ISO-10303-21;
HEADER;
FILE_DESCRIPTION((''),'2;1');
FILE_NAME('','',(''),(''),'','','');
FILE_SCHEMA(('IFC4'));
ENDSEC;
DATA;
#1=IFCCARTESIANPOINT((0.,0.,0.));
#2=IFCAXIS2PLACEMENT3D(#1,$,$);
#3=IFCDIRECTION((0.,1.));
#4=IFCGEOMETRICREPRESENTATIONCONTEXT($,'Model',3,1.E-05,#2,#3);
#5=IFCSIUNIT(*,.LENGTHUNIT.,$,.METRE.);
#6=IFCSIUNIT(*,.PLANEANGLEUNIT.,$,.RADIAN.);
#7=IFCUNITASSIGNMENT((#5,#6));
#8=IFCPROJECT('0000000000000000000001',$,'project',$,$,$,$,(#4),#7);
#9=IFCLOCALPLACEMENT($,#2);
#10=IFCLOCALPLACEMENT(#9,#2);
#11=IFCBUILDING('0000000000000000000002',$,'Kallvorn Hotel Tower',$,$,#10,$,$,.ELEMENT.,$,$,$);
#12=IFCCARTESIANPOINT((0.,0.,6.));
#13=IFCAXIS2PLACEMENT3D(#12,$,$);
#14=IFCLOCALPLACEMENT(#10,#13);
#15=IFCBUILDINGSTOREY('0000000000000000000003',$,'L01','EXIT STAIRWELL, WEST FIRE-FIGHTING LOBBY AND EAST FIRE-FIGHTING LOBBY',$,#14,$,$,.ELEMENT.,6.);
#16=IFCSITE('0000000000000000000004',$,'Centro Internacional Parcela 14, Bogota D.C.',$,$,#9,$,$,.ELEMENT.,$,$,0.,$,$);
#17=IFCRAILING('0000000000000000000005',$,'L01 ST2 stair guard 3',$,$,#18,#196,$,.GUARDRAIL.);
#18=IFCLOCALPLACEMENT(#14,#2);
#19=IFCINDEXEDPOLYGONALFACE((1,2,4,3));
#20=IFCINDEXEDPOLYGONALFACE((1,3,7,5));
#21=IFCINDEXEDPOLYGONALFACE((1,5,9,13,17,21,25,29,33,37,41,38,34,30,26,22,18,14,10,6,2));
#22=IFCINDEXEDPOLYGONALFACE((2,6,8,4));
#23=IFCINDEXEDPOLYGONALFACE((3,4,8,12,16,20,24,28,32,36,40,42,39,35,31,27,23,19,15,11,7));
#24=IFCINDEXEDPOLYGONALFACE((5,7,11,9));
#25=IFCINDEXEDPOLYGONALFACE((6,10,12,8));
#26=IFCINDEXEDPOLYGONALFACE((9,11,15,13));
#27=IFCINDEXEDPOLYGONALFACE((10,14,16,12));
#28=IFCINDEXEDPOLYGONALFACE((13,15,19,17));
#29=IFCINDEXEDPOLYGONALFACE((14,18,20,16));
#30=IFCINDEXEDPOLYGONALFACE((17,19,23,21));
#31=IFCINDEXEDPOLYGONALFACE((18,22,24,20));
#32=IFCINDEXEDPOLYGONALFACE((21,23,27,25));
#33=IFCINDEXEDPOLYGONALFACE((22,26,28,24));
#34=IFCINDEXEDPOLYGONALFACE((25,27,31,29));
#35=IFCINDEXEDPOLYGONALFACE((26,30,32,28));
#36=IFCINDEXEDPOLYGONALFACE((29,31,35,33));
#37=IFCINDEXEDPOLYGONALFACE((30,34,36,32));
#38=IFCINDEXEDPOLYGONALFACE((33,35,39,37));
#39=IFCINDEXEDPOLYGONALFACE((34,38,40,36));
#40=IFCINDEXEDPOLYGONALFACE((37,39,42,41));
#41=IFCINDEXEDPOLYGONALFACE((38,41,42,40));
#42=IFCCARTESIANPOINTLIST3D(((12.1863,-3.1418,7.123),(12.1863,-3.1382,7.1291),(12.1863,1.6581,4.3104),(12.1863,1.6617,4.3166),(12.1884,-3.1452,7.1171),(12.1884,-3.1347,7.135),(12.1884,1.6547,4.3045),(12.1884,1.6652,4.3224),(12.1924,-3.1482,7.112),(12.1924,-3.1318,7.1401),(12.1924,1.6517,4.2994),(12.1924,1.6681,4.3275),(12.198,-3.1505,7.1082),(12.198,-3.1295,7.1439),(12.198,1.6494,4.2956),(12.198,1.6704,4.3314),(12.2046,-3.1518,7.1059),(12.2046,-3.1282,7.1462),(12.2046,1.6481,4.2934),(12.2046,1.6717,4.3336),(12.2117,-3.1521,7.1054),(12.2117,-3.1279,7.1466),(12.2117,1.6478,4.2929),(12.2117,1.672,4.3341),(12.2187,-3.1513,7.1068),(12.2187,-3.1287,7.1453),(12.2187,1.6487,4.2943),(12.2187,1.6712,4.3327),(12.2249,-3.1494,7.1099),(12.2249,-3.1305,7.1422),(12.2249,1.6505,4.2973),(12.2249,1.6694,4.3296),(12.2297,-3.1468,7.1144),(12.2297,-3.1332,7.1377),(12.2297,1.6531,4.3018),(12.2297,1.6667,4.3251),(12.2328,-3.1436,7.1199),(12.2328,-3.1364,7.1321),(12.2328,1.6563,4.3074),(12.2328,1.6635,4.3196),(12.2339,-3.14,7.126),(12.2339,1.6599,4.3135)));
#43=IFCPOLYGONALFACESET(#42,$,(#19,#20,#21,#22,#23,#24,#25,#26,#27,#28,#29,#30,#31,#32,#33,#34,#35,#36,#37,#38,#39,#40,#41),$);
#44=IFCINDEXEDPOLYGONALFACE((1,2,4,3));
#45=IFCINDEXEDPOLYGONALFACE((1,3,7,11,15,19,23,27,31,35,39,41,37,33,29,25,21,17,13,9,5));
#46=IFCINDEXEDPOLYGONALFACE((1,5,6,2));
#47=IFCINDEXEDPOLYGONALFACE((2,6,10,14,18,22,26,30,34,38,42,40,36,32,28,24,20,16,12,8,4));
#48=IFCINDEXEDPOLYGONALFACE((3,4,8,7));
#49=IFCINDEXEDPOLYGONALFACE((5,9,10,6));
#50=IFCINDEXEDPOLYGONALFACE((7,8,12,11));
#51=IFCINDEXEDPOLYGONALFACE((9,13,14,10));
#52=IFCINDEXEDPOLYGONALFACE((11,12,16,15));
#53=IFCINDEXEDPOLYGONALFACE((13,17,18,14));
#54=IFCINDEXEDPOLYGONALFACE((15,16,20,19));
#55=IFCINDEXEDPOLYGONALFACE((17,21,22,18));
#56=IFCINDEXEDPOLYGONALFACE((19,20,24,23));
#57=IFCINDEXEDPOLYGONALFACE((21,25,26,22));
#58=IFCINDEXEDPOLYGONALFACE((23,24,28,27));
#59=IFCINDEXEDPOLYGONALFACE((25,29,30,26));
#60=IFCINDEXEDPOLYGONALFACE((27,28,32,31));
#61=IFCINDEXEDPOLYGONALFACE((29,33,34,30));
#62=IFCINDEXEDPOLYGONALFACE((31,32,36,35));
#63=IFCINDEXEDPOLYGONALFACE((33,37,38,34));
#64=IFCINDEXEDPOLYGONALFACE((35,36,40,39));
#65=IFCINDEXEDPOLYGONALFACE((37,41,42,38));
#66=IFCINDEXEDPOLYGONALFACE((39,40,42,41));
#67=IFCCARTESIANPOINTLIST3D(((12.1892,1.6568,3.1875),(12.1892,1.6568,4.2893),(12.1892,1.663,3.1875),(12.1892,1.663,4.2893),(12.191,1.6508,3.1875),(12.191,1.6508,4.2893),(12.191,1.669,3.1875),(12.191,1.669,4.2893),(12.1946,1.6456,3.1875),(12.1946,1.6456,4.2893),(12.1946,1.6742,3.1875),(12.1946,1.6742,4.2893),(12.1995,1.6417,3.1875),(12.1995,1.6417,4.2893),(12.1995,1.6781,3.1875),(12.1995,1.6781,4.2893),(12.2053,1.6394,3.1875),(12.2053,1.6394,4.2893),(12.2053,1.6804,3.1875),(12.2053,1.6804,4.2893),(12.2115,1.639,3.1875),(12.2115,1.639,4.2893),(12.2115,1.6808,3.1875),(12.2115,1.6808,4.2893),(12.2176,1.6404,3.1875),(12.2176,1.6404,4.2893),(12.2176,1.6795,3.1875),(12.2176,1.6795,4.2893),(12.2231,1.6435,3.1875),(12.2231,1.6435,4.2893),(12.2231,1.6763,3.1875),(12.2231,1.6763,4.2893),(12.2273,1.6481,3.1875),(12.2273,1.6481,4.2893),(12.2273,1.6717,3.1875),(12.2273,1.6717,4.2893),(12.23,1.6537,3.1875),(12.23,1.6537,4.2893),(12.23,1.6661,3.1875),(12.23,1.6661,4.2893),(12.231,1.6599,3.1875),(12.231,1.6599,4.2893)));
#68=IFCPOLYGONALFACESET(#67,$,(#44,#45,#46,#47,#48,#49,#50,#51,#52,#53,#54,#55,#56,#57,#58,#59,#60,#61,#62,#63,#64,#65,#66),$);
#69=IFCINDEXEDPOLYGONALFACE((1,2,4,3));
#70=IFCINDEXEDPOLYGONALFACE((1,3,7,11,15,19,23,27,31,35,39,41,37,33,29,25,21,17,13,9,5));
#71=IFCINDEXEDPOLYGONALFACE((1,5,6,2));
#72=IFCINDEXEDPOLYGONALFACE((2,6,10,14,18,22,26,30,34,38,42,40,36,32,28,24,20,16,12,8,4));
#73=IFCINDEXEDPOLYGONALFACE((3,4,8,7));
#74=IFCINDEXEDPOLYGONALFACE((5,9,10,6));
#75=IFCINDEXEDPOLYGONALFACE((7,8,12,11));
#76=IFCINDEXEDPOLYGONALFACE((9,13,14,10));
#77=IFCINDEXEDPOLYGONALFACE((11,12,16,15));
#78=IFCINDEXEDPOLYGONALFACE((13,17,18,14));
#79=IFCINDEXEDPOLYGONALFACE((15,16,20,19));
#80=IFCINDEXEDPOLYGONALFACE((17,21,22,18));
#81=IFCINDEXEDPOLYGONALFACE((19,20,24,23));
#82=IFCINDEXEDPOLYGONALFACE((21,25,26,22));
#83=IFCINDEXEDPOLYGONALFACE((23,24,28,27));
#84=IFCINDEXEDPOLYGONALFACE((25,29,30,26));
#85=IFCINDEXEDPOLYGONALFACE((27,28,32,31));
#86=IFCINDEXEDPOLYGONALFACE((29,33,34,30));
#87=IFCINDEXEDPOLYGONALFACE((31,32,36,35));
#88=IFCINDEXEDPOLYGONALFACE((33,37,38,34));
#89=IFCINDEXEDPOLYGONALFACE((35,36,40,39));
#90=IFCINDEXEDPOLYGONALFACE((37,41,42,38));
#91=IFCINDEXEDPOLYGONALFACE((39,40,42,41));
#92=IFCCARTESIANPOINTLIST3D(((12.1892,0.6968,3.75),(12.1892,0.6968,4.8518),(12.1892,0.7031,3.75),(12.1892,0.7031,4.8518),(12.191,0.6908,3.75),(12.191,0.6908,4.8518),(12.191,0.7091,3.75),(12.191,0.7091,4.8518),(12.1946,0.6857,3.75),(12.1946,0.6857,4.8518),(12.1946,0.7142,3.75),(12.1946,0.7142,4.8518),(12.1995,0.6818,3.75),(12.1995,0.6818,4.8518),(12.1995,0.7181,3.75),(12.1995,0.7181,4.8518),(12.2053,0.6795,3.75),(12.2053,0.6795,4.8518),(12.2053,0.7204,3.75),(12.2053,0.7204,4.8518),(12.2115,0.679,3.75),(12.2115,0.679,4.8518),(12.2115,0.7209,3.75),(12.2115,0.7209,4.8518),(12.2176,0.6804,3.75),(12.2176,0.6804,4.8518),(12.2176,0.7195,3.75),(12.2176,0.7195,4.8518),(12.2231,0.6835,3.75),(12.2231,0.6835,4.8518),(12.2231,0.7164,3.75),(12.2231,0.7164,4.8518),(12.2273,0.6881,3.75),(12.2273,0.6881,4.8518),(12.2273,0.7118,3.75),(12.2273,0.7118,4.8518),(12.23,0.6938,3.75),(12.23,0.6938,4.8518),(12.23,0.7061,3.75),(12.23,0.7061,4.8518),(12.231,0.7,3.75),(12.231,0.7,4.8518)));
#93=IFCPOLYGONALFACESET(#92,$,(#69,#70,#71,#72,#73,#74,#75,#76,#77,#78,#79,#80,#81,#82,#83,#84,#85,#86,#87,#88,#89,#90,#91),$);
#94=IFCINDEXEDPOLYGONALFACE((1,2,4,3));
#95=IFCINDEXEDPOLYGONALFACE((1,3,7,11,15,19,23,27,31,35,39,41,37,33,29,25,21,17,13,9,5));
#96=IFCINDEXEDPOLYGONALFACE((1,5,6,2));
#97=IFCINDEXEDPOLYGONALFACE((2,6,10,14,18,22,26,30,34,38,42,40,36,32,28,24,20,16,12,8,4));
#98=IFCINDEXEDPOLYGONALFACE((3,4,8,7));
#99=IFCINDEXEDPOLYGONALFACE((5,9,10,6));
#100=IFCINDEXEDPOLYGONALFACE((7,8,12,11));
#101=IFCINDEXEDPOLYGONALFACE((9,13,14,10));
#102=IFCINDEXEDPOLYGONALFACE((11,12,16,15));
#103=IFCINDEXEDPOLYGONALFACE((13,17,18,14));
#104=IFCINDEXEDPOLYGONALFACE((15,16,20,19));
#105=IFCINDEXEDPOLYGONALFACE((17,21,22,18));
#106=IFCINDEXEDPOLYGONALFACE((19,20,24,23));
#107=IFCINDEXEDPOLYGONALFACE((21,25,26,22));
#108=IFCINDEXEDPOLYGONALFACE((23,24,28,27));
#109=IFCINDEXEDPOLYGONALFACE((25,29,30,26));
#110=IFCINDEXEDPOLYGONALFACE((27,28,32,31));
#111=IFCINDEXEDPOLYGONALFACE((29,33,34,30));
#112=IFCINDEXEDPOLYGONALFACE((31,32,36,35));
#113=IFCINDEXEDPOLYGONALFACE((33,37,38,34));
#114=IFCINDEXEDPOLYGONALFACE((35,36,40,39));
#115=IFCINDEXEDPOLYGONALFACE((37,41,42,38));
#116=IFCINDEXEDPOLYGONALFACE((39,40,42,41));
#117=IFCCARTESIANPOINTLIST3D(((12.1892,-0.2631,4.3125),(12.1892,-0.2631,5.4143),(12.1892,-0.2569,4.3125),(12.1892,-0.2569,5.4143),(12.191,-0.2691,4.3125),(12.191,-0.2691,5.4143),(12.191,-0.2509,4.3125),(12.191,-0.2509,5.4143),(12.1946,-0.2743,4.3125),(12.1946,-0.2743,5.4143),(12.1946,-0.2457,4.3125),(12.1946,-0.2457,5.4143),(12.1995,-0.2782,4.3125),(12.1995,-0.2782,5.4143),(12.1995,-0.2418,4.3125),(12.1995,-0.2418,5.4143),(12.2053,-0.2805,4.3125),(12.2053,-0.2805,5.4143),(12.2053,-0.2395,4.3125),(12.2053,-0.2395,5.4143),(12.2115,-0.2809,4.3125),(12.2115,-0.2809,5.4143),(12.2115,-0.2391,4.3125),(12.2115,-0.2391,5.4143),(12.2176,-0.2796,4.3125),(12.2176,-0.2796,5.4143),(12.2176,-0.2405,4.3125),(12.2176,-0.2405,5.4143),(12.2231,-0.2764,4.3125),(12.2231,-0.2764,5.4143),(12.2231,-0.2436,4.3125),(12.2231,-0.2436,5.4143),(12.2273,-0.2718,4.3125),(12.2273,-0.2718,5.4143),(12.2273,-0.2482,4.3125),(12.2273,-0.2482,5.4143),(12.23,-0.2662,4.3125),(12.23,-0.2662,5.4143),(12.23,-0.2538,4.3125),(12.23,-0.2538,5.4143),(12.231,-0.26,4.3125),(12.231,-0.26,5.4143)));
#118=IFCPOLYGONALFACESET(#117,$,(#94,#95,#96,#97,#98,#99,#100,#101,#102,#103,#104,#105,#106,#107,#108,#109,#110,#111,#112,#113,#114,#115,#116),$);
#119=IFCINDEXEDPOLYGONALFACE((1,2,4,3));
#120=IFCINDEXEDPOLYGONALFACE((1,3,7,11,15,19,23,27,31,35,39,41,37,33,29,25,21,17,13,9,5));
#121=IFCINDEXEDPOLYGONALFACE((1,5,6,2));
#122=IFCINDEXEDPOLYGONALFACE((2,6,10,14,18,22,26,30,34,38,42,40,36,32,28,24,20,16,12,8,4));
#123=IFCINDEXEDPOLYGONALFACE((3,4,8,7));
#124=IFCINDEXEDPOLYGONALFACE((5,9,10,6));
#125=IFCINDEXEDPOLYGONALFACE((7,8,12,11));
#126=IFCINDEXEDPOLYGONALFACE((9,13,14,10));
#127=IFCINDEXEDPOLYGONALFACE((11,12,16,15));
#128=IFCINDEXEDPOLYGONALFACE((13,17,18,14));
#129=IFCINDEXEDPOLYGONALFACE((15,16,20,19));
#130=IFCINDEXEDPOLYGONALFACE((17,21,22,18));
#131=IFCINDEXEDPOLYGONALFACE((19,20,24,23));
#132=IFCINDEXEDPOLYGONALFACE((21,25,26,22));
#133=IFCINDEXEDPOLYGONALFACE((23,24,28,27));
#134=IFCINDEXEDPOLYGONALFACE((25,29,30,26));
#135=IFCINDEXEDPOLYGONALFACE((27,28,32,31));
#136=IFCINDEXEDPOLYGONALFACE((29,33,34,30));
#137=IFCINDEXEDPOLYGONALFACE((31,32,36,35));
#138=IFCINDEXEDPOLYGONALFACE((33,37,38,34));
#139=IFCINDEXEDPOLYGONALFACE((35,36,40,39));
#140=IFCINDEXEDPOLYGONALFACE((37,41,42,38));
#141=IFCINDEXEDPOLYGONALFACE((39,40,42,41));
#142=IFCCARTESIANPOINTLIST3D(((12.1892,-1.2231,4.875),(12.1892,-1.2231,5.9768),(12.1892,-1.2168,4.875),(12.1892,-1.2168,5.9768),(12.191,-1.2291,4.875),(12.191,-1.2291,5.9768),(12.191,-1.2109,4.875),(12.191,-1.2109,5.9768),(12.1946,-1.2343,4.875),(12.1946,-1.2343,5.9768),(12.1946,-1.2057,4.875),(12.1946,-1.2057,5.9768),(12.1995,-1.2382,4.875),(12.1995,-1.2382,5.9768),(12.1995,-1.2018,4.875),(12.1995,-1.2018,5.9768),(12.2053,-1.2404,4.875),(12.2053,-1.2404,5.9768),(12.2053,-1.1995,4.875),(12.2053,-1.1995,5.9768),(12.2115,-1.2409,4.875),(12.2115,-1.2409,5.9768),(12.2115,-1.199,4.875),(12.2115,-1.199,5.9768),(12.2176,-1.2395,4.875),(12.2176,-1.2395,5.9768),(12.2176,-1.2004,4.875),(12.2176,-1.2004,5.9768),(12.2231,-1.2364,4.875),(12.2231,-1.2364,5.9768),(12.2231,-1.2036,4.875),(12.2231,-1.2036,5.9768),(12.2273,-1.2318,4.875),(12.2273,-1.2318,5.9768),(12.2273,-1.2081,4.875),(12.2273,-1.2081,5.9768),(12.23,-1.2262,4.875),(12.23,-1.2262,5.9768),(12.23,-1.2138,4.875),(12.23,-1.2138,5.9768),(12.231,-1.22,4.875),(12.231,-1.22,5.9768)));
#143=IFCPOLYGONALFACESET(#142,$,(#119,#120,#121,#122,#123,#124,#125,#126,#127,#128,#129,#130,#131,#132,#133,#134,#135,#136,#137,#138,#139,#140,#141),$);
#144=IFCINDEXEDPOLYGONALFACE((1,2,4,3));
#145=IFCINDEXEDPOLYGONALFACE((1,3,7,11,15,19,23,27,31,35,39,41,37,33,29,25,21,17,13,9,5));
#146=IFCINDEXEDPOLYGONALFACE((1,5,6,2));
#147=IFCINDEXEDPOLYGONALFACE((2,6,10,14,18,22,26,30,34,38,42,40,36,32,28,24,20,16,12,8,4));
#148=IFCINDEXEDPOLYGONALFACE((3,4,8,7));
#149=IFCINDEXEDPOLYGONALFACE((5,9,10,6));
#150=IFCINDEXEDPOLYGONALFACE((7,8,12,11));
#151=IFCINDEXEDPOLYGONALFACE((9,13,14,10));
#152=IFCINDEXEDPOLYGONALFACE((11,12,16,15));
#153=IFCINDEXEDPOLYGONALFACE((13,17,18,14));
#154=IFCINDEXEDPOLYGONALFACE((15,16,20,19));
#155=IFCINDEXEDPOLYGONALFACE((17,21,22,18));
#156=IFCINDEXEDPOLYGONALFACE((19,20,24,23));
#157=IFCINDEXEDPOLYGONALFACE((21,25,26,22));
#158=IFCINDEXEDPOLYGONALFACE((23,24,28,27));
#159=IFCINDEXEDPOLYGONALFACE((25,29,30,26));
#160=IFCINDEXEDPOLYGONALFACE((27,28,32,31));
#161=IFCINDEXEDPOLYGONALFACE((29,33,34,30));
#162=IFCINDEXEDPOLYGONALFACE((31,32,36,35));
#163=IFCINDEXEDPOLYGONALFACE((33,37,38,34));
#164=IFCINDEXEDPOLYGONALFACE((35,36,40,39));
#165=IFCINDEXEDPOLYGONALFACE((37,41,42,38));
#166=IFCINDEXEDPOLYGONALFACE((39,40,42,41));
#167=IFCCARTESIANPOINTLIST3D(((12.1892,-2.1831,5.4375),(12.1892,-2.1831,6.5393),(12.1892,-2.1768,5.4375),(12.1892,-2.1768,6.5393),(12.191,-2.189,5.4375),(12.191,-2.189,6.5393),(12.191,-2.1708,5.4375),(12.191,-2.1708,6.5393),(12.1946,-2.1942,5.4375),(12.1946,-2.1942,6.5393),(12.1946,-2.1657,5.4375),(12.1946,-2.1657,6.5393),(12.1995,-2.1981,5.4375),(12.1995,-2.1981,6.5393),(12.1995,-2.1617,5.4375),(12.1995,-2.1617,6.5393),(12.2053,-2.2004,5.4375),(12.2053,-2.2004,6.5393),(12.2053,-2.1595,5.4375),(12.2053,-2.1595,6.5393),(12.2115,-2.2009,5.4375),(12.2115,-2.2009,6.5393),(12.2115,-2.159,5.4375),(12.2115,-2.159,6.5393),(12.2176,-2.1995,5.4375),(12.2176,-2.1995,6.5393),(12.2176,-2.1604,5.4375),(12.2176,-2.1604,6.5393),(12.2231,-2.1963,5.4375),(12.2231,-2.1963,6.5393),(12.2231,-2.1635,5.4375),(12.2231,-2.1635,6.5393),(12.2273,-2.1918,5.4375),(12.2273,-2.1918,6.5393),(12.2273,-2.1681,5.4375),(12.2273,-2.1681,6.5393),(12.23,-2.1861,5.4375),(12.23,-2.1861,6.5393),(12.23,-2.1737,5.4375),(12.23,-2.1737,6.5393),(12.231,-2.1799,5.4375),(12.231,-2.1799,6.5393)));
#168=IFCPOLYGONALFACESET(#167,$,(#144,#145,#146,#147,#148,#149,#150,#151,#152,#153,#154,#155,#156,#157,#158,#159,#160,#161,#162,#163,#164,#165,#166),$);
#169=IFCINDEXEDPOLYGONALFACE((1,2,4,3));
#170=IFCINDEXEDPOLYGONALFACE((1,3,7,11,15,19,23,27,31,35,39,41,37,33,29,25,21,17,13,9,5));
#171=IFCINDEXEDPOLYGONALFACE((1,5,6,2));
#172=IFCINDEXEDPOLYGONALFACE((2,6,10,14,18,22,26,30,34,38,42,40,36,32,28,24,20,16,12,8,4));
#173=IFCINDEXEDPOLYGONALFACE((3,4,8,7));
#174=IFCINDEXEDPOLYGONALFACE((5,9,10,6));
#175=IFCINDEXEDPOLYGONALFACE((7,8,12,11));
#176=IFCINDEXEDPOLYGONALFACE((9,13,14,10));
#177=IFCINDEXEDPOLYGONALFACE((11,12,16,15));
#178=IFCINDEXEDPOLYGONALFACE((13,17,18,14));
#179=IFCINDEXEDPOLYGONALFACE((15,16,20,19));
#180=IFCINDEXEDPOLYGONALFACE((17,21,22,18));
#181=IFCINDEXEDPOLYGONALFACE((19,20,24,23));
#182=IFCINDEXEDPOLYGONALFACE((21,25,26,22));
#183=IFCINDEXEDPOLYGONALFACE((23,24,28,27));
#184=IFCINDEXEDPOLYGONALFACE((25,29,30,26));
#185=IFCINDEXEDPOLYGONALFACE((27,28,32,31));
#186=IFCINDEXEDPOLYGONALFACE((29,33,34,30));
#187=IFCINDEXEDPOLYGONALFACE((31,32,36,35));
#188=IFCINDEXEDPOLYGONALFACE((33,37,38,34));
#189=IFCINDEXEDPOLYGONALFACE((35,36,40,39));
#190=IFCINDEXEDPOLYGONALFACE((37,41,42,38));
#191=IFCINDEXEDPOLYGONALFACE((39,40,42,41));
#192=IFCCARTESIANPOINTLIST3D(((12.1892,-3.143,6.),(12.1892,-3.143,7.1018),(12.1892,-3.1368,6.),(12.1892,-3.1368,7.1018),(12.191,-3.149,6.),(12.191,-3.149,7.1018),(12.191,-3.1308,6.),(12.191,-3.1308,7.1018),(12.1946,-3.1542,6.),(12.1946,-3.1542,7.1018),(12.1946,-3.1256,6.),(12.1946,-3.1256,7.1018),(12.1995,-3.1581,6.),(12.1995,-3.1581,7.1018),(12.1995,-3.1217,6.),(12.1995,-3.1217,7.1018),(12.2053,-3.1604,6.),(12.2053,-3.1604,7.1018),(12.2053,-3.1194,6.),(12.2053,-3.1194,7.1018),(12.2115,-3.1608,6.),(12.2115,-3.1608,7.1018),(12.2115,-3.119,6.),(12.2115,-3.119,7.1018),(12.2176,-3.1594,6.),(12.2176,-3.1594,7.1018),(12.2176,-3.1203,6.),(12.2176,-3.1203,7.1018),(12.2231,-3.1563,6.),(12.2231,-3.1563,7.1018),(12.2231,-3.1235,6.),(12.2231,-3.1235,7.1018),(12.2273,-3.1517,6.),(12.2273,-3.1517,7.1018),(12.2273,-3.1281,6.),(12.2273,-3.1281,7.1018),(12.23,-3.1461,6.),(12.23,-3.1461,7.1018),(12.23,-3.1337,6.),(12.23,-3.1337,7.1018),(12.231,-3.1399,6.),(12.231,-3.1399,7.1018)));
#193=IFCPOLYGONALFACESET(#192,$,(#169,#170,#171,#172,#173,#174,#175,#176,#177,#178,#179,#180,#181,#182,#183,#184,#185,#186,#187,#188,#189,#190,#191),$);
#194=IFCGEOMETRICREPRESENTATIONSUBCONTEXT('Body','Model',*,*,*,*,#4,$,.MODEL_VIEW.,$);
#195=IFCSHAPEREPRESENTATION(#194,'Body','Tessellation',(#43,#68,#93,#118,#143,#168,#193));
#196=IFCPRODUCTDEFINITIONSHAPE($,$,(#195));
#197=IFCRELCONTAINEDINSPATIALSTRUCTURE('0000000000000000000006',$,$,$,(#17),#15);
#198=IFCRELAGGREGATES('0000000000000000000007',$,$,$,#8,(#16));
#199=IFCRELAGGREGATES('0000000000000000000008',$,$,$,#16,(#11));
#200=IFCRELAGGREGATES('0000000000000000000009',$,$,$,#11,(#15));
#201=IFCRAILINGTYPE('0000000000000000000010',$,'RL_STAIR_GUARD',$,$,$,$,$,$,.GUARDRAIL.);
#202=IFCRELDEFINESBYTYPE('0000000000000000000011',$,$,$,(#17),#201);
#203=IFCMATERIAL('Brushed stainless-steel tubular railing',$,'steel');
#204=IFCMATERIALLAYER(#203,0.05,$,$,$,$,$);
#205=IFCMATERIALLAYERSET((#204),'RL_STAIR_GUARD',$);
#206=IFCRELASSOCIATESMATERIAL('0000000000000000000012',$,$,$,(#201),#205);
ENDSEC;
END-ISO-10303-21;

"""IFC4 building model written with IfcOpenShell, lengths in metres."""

from ifc_helpers import new_model, si_unit, direction, frame, origin, origin_2d, place, context, subcontext, project, spatial, circle, extrude, material, layer, layer_set, type_object, element, save


model = new_model("IFC4")

# Units and contexts
model_context = context("Model", 3, precision=1e-05, world=origin(), true_north=direction((0.0, 1.0)))
body_context = subcontext(model_context, "Body", "Model", "MODEL_VIEW")
ifc_project = project(units=[si_unit("LENGTHUNIT", "METRE"), si_unit("PLANEANGLEUNIT", "RADIAN")], contexts=[model_context])

# Site, building, storey
site_placement = place(None, origin())
site = spatial("IfcSite", under=ifc_project, at=site_placement, Name="Centro Internacional Parcela 14, Bogota D.C.", CompositionType="ELEMENT", RefElevation=0.0)
building_placement = place(site_placement, origin())
building = spatial("IfcBuilding", under=site, at=building_placement, Name="Kallvorn Hotel Tower", CompositionType="ELEMENT")
storey_placement = place(building_placement, frame((0.0, 0.0, 6.0)))
storey = spatial("IfcBuildingStorey", under=building, at=storey_placement, Name="L01", Description="EXIT STAIRWELL, WEST FIRE-FIGHTING LOBBY AND EAST FIRE-FIGHTING LOBBY", CompositionType="ELEMENT", Elevation=6.0)

# Railing
ifc_material_1 = material(Name="Brushed stainless-steel tubular railing", Category="steel")
ifc_layer_1 = layer(ifc_material_1, 0.05)
ifc_layer_set_1 = layer_set([ifc_layer_1], Name="RL_STAIR_GUARD")
railing_type_1 = type_object("IfcRailingType", Name="RL_STAIR_GUARD", PredefinedType="GUARDRAIL", material=ifc_layer_set_1)
railing_1_placement = place(storey_placement, frame((12.21, 1.6599, 3.1875)))
element("IfcRailing", 1, at=railing_1_placement, inside=storey, type_object=railing_type_1, Name="L01 ST2 stair guard 3", PredefinedType="GUARDRAIL", context=body_context, shape_type="SweptSolid", body=[
    extrude(circle(Radius=0.0239, at=origin_2d()), frame((0.0, 0.0, 1.126), z_axis=(0.0, -0.86279, 0.505562), x_axis=(1.0, 0.0, 0.0)), (0.0, 0.0, 1.0), 5.5632),
    extrude(circle(Radius=0.021, at=origin_2d()), origin(), (0.0, 0.0, 1.0), 1.1018),
    extrude(circle(Radius=0.021, at=origin_2d()), frame((0.0, -0.96, 0.5625)), (0.0, 0.0, 1.0), 1.1018),
    extrude(circle(Radius=0.021, at=origin_2d()), frame((0.0, -1.9199, 1.125)), (0.0, 0.0, 1.0), 1.1018),
    extrude(circle(Radius=0.021, at=origin_2d()), frame((0.0, -2.8799, 1.6875)), (0.0, 0.0, 1.0), 1.1018),
    extrude(circle(Radius=0.021, at=origin_2d()), frame((0.0, -3.8398, 2.25)), (0.0, 0.0, 1.0), 1.1018),
    extrude(circle(Radius=0.021, at=origin_2d()), frame((0.0, -4.7998, 2.8125)), (0.0, 0.0, 1.0), 1.1018),
])

save(model, "model.ifc")
